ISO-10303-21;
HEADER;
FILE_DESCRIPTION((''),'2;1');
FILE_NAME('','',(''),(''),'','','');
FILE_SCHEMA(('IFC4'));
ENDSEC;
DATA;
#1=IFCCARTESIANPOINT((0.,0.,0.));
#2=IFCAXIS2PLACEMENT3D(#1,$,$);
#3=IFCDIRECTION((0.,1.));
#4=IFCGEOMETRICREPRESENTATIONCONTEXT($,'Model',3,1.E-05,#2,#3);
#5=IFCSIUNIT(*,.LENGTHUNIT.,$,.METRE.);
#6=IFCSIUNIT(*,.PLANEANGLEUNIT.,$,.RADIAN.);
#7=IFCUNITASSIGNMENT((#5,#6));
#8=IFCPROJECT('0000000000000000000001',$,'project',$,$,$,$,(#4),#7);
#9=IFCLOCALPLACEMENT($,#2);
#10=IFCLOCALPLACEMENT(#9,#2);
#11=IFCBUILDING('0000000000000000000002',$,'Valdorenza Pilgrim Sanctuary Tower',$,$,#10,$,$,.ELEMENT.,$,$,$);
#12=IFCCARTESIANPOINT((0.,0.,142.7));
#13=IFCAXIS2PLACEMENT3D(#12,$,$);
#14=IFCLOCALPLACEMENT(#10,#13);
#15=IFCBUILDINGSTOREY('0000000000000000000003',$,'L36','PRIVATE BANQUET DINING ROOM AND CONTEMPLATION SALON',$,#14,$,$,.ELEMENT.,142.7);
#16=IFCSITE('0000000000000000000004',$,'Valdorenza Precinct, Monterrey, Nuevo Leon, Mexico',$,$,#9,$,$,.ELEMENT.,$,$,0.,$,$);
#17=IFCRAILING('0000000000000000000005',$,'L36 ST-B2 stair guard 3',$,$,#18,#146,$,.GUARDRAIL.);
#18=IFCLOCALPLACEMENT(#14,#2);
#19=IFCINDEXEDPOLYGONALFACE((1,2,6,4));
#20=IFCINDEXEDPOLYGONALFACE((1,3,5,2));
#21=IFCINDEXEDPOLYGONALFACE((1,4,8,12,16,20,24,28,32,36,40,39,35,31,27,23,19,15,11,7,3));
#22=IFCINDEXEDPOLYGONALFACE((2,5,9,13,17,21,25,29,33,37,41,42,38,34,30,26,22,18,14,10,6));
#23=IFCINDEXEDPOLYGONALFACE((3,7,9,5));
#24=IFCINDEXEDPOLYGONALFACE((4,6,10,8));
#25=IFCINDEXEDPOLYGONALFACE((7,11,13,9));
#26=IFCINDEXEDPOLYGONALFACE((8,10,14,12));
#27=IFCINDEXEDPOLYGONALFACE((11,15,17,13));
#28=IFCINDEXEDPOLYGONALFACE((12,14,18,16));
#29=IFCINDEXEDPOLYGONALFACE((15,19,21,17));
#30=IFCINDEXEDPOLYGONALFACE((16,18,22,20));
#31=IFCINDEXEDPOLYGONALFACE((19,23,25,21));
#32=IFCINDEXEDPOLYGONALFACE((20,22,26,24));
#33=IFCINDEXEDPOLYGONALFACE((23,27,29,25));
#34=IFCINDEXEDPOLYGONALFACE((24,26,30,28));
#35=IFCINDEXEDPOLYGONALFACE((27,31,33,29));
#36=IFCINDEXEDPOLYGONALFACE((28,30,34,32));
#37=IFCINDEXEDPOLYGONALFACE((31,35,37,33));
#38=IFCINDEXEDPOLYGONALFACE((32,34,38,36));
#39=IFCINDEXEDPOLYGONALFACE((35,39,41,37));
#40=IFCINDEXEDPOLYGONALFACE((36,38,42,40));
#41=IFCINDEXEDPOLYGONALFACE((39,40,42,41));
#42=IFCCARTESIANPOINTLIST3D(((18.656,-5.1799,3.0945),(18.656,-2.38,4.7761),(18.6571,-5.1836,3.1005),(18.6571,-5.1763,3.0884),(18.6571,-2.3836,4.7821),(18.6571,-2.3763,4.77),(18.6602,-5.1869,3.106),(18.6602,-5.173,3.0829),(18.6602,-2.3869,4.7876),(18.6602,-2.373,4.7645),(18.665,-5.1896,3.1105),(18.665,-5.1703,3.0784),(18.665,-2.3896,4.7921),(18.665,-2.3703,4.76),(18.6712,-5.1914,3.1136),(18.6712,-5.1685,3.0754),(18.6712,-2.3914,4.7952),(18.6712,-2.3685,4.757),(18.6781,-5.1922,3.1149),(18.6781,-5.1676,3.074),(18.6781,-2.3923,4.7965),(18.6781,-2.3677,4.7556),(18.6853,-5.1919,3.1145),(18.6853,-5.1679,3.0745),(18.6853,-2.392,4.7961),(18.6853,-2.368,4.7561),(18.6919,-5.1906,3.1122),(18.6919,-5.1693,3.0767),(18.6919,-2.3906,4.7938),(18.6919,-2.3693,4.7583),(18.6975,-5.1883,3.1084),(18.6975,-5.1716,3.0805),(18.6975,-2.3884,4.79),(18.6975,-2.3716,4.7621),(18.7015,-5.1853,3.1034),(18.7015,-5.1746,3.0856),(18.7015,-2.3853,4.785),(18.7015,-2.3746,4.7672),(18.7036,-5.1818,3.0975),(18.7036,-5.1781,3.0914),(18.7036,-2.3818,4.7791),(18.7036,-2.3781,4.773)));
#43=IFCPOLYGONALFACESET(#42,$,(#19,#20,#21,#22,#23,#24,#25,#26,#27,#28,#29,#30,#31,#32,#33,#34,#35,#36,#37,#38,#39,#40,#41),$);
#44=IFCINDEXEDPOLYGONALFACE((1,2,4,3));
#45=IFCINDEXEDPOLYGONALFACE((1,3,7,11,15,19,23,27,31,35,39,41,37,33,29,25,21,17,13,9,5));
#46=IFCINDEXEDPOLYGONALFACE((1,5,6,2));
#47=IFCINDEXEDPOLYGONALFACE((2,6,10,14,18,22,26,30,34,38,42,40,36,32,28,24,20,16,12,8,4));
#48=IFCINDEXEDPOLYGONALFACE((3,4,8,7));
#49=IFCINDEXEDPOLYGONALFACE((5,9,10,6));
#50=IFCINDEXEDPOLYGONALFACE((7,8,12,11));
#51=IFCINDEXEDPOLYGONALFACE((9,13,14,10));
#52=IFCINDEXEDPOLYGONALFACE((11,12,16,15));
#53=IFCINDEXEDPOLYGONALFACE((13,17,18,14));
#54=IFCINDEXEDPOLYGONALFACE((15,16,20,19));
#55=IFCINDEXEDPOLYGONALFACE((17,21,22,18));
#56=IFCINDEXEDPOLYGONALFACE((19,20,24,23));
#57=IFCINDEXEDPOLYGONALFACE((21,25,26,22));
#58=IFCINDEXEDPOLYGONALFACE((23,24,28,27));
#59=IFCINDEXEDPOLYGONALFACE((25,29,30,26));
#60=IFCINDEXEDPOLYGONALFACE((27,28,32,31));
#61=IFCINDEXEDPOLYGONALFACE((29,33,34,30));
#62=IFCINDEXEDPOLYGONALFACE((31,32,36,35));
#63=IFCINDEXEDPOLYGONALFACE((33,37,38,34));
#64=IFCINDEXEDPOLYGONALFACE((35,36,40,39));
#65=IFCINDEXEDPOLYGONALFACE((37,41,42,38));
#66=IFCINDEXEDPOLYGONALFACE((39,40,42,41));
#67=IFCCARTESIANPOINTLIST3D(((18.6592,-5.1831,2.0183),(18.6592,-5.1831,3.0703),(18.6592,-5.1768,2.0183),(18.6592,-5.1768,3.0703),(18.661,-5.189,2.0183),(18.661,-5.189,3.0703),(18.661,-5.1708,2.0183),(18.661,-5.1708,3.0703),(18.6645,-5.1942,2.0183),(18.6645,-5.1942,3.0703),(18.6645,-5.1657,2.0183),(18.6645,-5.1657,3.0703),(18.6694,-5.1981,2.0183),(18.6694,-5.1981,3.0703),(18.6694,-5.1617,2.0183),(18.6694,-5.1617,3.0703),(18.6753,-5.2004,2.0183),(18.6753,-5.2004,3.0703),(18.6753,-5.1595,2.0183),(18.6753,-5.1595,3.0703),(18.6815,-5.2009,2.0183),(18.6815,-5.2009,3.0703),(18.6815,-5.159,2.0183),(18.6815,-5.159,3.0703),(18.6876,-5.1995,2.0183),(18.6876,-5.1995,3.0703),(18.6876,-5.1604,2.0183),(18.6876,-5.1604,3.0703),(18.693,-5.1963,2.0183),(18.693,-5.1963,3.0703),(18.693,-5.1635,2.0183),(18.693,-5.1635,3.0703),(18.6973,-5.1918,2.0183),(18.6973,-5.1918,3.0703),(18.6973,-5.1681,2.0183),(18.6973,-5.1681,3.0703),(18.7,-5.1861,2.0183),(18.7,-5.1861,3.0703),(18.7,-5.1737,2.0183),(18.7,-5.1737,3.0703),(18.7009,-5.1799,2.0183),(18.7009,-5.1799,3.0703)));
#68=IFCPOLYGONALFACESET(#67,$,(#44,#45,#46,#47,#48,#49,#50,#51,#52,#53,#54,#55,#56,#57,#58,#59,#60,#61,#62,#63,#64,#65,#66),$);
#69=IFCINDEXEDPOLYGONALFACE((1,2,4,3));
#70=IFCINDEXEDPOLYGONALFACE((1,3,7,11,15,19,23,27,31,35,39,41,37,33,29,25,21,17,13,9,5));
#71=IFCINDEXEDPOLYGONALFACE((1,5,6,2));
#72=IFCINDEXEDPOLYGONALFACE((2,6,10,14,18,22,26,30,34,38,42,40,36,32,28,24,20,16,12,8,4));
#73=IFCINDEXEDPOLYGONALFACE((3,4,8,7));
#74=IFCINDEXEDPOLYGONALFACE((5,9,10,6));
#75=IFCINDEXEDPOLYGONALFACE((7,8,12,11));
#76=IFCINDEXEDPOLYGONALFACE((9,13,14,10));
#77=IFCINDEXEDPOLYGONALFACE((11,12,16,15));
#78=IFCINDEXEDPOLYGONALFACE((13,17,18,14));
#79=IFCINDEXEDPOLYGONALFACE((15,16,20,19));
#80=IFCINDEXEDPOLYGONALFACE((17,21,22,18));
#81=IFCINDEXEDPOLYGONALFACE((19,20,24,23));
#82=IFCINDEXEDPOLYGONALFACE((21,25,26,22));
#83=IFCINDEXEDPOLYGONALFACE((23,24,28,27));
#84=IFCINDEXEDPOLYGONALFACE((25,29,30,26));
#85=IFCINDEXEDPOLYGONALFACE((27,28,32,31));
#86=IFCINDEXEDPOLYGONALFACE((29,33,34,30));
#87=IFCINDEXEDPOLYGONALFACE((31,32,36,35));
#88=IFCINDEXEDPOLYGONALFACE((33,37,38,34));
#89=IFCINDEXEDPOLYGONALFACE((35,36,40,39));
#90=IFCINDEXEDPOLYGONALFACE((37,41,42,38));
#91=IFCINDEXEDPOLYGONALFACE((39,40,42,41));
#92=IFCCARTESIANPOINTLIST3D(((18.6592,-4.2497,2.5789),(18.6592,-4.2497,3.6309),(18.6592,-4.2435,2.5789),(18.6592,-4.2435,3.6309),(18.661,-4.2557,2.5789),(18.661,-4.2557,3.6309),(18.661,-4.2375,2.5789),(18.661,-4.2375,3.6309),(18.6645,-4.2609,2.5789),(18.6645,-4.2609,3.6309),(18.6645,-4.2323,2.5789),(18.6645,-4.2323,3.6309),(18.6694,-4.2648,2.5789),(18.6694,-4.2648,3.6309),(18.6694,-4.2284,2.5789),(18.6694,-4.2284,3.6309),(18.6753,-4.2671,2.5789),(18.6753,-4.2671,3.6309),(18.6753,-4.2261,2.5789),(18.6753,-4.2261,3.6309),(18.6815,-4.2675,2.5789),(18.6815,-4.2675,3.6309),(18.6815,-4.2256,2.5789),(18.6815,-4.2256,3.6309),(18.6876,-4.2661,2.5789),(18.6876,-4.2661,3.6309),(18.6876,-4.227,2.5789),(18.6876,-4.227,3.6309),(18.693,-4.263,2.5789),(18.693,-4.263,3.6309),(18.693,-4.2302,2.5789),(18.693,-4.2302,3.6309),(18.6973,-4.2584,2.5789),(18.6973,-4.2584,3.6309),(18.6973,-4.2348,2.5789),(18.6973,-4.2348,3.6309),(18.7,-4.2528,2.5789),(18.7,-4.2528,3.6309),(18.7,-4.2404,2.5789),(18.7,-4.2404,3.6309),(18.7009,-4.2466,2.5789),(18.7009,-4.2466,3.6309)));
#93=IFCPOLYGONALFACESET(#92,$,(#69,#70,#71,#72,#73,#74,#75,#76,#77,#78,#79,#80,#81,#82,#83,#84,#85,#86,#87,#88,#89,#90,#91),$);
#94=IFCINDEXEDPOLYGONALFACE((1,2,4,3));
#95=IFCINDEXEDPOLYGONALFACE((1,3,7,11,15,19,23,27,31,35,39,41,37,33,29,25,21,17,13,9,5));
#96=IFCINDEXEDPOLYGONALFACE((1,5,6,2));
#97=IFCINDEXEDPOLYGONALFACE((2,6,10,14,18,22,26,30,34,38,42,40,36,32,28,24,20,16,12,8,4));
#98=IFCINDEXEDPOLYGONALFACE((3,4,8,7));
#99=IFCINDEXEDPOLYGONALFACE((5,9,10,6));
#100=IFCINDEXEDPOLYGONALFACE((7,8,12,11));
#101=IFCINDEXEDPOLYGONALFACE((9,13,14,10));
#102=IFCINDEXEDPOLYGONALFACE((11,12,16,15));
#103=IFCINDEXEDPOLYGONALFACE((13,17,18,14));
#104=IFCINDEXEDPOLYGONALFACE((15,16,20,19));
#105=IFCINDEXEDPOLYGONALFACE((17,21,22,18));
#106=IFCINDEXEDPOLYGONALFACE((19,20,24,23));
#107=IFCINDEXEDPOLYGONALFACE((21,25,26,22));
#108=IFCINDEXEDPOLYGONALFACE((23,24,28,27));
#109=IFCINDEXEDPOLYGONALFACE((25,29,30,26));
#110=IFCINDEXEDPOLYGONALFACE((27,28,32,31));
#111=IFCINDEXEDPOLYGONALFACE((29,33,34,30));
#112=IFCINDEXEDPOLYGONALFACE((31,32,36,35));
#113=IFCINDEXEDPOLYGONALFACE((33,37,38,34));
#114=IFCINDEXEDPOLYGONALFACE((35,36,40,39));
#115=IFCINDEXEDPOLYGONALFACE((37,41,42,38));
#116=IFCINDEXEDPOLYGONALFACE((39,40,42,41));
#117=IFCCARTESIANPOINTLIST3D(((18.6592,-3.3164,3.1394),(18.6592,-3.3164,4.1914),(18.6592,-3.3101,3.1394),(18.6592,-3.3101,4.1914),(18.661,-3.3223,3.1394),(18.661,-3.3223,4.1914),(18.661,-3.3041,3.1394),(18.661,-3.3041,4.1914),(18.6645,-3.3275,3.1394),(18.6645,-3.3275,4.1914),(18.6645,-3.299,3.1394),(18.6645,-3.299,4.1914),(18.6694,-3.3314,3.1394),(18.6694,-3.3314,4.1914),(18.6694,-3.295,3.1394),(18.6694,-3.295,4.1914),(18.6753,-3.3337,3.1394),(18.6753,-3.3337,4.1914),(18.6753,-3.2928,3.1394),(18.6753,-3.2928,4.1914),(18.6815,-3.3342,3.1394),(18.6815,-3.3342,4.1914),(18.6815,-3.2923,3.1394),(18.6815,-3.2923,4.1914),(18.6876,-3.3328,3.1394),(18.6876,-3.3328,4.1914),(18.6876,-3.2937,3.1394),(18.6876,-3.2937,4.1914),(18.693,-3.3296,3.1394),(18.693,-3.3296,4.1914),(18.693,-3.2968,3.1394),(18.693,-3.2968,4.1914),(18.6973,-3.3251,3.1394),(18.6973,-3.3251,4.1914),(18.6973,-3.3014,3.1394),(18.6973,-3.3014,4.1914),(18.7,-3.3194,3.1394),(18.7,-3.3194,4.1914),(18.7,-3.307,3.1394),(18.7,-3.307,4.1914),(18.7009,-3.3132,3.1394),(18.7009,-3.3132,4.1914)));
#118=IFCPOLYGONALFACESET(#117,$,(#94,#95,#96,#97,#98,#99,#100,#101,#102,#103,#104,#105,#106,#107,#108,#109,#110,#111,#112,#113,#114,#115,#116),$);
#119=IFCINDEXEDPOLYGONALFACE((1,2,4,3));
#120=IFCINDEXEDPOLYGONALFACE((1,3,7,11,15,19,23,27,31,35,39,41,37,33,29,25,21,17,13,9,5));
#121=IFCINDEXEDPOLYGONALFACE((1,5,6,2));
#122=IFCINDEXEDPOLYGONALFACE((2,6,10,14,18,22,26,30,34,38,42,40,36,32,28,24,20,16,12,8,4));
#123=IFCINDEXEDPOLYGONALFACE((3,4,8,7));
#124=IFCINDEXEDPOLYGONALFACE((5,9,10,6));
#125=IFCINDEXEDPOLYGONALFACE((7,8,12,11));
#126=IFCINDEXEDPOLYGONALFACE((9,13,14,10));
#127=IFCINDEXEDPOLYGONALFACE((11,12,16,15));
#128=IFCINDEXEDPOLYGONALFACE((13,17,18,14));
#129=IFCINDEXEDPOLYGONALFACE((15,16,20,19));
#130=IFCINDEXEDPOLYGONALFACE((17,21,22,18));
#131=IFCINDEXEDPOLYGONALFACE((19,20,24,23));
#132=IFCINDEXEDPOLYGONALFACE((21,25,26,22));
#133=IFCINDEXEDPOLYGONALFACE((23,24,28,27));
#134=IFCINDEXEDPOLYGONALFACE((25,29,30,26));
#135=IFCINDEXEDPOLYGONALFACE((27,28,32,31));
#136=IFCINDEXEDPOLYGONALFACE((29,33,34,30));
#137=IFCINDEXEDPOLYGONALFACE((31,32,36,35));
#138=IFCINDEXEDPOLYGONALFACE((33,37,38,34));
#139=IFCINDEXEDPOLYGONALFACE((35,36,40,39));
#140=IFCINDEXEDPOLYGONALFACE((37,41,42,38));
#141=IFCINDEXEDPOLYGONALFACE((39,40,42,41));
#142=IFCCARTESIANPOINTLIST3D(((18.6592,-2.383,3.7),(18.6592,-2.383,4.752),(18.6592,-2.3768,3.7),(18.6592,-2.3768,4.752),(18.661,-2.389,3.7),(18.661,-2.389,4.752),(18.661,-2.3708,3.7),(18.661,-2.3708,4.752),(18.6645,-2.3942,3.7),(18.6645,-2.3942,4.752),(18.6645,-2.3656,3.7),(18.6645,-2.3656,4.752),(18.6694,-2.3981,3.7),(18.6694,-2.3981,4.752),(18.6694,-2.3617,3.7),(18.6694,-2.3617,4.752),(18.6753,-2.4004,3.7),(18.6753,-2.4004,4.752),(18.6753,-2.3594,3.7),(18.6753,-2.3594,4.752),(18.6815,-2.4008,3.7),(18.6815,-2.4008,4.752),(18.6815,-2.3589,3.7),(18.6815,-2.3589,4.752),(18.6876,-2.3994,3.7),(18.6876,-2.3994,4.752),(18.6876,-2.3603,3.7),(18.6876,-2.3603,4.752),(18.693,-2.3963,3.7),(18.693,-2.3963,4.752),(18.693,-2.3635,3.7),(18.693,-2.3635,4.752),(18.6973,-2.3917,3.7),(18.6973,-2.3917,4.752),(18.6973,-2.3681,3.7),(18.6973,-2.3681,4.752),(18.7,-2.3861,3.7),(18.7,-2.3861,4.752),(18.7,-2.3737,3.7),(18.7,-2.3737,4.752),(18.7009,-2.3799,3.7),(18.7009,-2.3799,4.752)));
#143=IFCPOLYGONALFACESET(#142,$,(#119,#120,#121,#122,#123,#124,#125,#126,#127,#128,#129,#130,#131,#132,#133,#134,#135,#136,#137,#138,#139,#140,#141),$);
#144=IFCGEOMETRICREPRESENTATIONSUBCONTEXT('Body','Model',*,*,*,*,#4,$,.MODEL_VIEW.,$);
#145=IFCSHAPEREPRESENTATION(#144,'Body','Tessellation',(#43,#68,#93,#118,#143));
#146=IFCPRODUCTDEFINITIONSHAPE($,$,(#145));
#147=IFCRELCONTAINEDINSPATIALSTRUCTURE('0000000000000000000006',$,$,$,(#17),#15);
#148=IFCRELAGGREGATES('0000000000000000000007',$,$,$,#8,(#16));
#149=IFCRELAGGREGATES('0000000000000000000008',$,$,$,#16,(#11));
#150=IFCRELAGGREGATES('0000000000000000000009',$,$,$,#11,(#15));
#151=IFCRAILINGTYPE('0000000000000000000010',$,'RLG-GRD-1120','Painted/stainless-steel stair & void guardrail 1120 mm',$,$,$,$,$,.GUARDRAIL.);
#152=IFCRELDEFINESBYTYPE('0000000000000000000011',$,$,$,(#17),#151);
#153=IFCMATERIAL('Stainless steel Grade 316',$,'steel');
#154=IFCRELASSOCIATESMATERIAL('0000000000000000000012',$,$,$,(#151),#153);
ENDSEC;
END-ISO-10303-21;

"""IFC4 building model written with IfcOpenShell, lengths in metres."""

from ifc_helpers import new_model, si_unit, direction, frame, origin, origin_2d, place, context, subcontext, project, spatial, circle, extrude, material, type_object, element, save


model = new_model("IFC4")

# Units and contexts
model_context = context("Model", 3, precision=1e-05, world=origin(), true_north=direction((0.0, 1.0)))
body_context = subcontext(model_context, "Body", "Model", "MODEL_VIEW")
ifc_project = project(units=[si_unit("LENGTHUNIT", "METRE"), si_unit("PLANEANGLEUNIT", "RADIAN")], contexts=[model_context])

# Site, building, storey
site_placement = place(None, origin())
site = spatial("IfcSite", under=ifc_project, at=site_placement, Name="Valdorenza Precinct, Monterrey, Nuevo Leon, Mexico", CompositionType="ELEMENT", RefElevation=0.0)
building_placement = place(site_placement, origin())
building = spatial("IfcBuilding", under=site, at=building_placement, Name="Valdorenza Pilgrim Sanctuary Tower", CompositionType="ELEMENT")
storey_placement = place(building_placement, frame((0.0, 0.0, 142.7)))
storey = spatial("IfcBuildingStorey", under=building, at=storey_placement, Name="L36", Description="PRIVATE BANQUET DINING ROOM AND CONTEMPLATION SALON", CompositionType="ELEMENT", Elevation=142.7)

# Railing
ifc_material_1 = material(Name="Stainless steel Grade 316", Category="steel")
railing_type_1 = type_object("IfcRailingType", Name="RLG-GRD-1120", Description="Painted/stainless-steel stair & void guardrail 1120 mm", PredefinedType="GUARDRAIL", material=ifc_material_1)
railing_1_placement = place(storey_placement, frame((18.6799, -5.1799, 2.0183)))
element("IfcRailing", 1, at=railing_1_placement, inside=storey, type_object=railing_type_1, Name="L36 ST-B2 stair guard 3", PredefinedType="GUARDRAIL", context=body_context, shape_type="SweptSolid", body=[
    extrude(circle(Radius=0.0239, at=origin_2d()), frame((0.0, 0.0, 1.0762), z_axis=(0.0, 0.857275, 0.514858), x_axis=(-1.0, 0.0, 0.0)), (0.0, 0.0, 1.0), 3.2661),
    extrude(circle(Radius=0.021, at=origin_2d()), origin(), (0.0, 0.0, 1.0), 1.052),
    extrude(circle(Radius=0.021, at=origin_2d()), frame((0.0, 0.9333, 0.5605)), (0.0, 0.0, 1.0), 1.052),
    extrude(circle(Radius=0.021, at=origin_2d()), frame((0.0, 1.8667, 1.1211)), (0.0, 0.0, 1.0), 1.052),
    extrude(circle(Radius=0.021, at=origin_2d()), frame((0.0, 2.8, 1.6816)), (0.0, 0.0, 1.0), 1.052),
])

save(model, "model.ifc")
